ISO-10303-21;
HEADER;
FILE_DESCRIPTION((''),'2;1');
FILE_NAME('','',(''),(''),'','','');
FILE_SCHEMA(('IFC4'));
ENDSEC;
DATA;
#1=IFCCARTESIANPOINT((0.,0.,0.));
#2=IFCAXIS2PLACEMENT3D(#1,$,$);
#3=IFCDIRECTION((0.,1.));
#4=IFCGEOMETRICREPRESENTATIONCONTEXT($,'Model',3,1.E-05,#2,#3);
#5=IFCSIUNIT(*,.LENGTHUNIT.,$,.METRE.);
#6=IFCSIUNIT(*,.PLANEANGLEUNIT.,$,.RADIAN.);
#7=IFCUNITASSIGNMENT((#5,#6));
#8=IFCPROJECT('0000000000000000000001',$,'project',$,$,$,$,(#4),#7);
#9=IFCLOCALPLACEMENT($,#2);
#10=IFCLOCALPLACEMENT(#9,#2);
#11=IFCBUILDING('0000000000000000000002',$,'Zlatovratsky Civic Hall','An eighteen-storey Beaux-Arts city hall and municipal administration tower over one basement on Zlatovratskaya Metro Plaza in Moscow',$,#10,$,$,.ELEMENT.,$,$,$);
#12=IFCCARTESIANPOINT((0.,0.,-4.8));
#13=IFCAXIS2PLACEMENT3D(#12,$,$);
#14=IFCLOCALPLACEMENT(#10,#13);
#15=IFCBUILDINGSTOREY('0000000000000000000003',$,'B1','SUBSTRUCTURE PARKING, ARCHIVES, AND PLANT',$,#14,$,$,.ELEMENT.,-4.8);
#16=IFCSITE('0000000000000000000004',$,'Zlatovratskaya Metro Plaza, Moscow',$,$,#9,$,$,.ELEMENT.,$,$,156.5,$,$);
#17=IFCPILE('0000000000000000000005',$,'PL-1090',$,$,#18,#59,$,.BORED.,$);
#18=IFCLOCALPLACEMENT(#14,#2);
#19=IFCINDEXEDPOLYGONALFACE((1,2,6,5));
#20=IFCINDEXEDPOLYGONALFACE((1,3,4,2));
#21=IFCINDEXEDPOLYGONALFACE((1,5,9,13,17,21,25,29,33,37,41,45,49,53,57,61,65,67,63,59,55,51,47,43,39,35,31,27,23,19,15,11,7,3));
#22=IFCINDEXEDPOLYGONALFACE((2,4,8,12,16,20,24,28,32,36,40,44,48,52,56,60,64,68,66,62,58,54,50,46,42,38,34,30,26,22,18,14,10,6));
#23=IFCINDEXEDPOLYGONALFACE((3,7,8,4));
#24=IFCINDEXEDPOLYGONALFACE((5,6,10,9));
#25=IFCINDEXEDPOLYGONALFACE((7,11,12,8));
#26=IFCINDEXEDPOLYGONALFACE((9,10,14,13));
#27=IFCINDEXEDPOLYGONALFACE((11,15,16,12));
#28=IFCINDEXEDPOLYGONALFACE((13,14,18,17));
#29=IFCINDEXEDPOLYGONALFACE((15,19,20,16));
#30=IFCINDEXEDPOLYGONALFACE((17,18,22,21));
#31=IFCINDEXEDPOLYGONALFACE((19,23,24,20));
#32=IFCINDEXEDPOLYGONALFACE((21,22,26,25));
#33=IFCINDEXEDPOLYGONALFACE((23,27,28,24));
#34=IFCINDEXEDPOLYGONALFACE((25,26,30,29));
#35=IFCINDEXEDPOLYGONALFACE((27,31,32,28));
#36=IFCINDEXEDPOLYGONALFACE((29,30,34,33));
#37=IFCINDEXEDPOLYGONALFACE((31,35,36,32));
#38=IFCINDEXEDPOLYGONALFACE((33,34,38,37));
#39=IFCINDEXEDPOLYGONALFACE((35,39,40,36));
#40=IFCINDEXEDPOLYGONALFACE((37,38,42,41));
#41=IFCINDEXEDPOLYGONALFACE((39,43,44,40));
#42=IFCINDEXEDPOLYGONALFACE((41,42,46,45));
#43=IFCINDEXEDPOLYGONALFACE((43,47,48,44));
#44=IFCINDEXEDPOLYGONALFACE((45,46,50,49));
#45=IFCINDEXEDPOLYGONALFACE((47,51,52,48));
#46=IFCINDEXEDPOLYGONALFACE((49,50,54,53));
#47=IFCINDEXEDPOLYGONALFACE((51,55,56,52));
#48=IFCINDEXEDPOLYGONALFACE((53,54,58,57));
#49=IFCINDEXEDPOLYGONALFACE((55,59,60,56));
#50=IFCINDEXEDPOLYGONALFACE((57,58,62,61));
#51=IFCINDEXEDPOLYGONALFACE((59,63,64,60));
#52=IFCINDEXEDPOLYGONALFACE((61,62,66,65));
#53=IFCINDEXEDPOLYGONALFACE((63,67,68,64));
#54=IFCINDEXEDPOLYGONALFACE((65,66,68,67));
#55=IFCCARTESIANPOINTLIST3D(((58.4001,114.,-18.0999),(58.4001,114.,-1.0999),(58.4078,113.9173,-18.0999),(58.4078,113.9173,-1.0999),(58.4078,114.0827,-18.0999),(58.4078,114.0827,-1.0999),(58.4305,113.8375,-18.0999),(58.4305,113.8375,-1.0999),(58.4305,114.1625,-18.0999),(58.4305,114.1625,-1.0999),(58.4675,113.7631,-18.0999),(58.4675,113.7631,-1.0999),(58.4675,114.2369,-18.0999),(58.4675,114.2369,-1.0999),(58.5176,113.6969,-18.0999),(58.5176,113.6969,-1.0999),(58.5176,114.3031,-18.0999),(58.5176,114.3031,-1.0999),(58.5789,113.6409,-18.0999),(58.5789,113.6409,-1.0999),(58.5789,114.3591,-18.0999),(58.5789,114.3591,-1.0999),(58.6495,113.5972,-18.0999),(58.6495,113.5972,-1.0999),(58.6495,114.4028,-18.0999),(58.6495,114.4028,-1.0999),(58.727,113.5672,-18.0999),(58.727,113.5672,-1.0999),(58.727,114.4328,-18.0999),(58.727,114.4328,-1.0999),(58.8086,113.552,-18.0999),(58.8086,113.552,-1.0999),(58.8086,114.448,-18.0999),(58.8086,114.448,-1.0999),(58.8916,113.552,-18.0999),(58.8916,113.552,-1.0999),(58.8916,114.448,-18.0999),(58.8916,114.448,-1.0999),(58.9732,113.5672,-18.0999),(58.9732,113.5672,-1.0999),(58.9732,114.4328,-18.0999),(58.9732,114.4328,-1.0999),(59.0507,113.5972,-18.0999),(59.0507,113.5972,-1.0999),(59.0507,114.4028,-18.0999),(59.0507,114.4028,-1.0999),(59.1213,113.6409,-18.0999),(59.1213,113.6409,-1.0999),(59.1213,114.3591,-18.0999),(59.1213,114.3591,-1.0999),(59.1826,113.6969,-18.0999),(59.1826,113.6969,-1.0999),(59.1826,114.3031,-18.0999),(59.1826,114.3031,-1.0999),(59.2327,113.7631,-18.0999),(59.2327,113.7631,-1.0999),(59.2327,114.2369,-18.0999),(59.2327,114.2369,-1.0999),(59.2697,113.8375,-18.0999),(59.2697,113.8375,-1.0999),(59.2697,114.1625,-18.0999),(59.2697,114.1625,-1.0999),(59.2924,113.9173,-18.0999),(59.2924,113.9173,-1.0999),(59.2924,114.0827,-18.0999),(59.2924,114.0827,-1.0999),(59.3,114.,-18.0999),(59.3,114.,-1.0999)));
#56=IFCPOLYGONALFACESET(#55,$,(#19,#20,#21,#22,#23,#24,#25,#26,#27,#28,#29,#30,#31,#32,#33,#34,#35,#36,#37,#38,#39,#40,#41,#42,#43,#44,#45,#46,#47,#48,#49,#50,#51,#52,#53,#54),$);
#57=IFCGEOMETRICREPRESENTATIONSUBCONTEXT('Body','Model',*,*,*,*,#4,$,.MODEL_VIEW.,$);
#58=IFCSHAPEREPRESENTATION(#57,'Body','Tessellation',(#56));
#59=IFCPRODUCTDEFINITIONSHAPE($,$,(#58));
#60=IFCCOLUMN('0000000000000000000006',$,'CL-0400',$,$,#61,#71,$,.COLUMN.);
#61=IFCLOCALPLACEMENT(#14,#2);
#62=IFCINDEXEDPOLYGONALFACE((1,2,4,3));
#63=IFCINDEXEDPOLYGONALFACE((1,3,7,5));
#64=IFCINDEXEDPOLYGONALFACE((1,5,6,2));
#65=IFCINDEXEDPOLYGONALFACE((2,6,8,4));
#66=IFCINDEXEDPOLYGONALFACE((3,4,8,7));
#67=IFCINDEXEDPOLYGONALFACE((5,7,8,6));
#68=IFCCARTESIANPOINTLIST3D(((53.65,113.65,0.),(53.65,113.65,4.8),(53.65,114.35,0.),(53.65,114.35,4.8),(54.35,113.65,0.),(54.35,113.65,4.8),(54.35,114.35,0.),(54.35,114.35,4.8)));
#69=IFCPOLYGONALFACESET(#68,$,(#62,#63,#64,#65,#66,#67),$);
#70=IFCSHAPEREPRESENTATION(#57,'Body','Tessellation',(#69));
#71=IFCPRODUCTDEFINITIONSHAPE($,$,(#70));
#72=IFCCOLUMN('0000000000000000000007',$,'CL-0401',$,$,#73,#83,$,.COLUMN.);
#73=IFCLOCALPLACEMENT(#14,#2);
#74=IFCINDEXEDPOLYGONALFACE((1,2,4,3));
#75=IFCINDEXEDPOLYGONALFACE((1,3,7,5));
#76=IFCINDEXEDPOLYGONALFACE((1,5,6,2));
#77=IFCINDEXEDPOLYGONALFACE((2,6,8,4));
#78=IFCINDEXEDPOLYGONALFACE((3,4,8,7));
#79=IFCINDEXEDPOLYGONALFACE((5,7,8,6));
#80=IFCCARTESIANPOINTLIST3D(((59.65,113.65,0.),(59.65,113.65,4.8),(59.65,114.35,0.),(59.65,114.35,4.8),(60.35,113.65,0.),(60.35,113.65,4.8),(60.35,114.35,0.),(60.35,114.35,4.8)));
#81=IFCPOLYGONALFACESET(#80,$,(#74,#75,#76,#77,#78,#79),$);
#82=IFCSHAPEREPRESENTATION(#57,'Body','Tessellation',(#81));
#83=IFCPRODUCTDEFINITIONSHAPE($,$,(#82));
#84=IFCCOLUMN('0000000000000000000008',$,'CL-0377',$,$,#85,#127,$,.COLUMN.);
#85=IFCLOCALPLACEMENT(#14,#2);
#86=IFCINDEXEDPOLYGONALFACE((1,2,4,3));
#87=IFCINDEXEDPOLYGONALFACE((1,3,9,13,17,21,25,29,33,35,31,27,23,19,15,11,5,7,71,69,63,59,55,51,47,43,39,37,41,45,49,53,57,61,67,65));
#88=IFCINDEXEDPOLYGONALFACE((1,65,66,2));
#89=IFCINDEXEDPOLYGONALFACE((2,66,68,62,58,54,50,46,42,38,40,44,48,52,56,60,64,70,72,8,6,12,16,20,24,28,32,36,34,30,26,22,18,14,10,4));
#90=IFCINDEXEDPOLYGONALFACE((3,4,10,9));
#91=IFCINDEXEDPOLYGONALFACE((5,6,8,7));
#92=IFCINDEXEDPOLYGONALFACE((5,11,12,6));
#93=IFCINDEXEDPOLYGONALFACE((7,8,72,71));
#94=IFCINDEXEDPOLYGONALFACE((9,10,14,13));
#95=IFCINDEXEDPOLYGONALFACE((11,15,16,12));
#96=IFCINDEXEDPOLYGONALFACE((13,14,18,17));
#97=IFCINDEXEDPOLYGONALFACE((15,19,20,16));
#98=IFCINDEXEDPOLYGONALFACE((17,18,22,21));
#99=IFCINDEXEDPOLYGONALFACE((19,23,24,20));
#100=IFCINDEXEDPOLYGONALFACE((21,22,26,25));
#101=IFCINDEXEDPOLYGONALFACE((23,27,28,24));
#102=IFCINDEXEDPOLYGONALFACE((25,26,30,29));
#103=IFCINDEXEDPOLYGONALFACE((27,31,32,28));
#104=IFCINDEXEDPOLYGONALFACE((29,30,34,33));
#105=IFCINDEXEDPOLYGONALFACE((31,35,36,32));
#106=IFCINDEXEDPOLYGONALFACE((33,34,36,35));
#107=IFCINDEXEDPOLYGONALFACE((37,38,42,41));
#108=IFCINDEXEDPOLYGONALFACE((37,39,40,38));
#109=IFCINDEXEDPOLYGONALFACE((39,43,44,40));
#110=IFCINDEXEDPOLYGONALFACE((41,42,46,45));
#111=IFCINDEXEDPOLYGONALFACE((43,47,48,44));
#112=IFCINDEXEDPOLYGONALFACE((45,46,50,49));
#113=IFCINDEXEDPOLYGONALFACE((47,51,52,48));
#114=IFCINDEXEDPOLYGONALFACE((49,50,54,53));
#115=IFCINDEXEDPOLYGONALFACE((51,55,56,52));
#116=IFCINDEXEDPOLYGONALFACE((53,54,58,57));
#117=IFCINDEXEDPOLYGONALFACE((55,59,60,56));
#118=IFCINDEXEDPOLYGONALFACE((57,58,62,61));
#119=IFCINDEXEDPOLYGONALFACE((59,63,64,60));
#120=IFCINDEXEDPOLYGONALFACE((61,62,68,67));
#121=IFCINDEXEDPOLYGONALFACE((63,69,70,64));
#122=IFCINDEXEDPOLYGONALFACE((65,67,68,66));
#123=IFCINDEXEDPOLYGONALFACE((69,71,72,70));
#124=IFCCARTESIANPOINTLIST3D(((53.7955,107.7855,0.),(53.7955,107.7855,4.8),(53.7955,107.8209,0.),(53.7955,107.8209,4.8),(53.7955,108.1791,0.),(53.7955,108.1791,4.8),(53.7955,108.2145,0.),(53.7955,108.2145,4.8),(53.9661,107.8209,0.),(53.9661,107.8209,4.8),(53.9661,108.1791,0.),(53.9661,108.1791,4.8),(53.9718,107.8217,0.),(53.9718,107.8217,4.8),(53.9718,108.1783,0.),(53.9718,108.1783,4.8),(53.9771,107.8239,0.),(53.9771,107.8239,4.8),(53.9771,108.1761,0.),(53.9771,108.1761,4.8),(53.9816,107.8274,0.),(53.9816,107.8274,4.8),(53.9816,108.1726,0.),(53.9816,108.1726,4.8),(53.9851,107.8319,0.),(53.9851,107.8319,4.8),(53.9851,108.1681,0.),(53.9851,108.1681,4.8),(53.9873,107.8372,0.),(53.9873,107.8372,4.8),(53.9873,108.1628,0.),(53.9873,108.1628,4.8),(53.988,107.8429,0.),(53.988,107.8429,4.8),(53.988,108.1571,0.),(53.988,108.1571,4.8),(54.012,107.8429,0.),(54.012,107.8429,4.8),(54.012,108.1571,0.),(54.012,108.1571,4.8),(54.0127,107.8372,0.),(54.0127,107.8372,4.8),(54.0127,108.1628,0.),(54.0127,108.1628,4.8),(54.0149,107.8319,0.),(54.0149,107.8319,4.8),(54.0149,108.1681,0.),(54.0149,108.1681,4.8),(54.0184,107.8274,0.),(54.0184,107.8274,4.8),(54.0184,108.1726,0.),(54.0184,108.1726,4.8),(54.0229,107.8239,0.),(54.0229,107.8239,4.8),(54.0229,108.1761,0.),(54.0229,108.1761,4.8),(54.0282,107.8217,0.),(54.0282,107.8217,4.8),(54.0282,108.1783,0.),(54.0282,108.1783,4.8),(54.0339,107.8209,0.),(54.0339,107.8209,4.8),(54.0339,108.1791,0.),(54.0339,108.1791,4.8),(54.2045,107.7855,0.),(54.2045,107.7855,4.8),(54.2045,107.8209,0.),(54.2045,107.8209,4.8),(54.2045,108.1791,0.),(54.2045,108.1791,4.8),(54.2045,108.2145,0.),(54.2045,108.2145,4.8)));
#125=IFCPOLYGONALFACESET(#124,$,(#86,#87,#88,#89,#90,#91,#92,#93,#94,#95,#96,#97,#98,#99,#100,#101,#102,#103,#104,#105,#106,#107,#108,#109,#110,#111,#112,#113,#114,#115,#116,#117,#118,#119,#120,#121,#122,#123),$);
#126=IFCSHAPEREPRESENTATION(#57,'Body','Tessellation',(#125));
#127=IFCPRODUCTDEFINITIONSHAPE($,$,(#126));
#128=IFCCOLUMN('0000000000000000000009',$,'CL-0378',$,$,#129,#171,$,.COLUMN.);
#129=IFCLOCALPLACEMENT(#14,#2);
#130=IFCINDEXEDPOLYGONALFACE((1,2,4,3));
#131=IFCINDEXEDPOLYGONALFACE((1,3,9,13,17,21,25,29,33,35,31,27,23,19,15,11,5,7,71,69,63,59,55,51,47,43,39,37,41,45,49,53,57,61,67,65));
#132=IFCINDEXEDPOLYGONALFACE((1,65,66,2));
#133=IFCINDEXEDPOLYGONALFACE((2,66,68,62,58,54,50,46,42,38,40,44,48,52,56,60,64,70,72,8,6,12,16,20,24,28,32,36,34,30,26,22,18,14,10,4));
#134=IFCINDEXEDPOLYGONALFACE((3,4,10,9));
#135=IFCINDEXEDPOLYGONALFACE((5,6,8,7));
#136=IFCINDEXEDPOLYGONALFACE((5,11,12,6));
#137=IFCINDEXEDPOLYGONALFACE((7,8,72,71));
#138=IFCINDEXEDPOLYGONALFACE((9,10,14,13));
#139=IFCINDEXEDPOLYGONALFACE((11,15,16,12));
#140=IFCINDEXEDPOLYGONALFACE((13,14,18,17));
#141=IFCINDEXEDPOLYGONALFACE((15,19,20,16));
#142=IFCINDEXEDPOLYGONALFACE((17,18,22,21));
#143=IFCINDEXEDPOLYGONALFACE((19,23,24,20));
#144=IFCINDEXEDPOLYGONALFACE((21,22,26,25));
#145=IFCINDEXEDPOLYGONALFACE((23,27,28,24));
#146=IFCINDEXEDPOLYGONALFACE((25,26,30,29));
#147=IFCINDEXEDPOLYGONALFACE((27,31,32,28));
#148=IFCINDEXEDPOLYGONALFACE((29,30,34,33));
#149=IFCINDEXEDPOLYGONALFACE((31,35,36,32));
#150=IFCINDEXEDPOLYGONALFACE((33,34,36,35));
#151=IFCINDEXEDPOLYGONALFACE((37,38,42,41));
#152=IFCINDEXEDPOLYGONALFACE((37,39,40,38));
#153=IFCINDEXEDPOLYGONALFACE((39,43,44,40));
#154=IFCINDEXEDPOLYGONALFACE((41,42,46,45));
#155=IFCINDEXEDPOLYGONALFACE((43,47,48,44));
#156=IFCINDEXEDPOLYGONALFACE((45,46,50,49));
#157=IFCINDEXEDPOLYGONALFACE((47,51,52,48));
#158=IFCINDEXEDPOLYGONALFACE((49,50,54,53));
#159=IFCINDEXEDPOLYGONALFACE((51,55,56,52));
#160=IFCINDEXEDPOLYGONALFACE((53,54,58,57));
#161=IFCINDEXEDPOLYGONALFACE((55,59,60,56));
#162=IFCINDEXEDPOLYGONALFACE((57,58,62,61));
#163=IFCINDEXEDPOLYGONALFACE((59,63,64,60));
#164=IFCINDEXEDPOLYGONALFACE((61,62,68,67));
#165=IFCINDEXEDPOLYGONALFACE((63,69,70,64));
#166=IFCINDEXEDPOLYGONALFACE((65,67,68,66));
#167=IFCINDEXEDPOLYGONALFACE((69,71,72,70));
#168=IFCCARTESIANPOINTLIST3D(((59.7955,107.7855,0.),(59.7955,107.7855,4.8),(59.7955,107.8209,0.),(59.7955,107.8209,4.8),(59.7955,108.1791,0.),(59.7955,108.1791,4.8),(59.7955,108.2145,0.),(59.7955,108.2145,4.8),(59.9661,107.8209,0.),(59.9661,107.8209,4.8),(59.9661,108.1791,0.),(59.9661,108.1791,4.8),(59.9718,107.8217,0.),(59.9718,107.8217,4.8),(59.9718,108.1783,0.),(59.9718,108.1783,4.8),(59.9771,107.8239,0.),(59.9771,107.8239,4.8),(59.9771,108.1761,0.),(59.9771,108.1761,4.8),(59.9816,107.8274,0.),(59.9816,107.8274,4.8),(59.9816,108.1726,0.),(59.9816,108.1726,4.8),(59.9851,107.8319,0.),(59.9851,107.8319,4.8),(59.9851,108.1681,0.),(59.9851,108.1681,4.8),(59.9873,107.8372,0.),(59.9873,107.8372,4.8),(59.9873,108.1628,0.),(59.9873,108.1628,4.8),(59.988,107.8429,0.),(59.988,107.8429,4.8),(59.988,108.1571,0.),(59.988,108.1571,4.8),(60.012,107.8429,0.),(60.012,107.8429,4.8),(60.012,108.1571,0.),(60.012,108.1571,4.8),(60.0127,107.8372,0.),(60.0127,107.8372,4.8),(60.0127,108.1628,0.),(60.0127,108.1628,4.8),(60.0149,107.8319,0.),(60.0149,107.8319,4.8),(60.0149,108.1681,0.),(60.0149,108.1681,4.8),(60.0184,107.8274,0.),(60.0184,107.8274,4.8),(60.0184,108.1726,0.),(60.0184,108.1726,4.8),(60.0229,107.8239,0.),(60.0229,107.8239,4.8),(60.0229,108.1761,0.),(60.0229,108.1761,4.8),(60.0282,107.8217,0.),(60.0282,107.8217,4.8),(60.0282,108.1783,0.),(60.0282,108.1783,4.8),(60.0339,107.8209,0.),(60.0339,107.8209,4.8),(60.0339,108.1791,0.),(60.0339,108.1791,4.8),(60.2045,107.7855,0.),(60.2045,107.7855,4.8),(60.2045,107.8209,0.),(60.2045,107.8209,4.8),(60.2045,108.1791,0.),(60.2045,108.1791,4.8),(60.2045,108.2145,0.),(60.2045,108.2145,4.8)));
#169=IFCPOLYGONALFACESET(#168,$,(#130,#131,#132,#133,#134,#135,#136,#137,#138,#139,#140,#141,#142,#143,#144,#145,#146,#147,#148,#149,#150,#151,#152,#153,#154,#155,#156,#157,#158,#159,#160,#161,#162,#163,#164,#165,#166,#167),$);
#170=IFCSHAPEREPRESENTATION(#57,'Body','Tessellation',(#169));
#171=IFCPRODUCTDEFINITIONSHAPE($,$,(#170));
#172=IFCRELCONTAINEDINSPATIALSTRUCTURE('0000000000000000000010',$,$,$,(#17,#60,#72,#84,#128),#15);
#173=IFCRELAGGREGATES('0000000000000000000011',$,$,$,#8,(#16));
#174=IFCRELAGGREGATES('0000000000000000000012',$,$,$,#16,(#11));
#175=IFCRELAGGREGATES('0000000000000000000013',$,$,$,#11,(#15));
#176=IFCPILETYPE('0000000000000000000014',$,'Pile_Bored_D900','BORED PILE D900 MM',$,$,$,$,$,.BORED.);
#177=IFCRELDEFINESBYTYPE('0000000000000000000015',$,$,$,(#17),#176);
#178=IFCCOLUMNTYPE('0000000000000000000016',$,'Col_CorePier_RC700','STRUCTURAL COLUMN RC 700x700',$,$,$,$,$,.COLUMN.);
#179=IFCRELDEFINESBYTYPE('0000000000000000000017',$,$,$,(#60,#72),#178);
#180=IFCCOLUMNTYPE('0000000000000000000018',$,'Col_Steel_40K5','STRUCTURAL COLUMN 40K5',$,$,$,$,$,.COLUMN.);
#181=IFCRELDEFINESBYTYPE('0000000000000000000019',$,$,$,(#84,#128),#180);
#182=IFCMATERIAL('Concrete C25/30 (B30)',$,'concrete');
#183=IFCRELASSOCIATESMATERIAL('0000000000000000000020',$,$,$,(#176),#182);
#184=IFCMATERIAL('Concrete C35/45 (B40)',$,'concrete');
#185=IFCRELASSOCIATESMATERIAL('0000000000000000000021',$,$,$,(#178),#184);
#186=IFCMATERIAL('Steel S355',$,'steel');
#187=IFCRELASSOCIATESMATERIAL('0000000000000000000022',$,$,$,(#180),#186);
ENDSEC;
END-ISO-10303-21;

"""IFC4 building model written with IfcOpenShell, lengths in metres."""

from ifc_helpers import new_model, si_unit, direction, frame, origin, origin_2d, place, context, subcontext, project, spatial, rectangle, circle, i_section, extrude, material, material_profile, profile_set, type_object, element, save


model = new_model("IFC4")

# Units and contexts
model_context = context("Model", 3, precision=1e-05, world=origin(), true_north=direction((0.0, 1.0)))
body_context = subcontext(model_context, "Body", "Model", "MODEL_VIEW")
ifc_project = project(units=[si_unit("LENGTHUNIT", "METRE"), si_unit("PLANEANGLEUNIT", "RADIAN")], contexts=[model_context])

# Site, building, storey
site_placement = place(None, origin())
site = spatial("IfcSite", under=ifc_project, at=site_placement, Name="Zlatovratskaya Metro Plaza, Moscow", CompositionType="ELEMENT", RefElevation=156.5)
building_placement = place(site_placement, origin())
building = spatial("IfcBuilding", under=site, at=building_placement, Name="Zlatovratsky Civic Hall", Description="An eighteen-storey Beaux-Arts city hall and municipal administration tower over one basement on Zlatovratskaya Metro Plaza in Moscow", CompositionType="ELEMENT")
storey_placement = place(building_placement, frame((0.0, 0.0, -4.8)))
storey = spatial("IfcBuildingStorey", under=building, at=storey_placement, Name="B1", Description="SUBSTRUCTURE PARKING, ARCHIVES, AND PLANT", CompositionType="ELEMENT", Elevation=-4.8)

# Shared definitions
ifc_material_1 = material(Name="Concrete C25/30 (B30)", Category="concrete")

# Pile
ifc_material_profile_1 = material_profile(ifc_material_1, circle(Radius=0.45, at=origin_2d()), Name="PILE D900")
ifc_profile_set_1 = profile_set([ifc_material_profile_1], Name="Concrete C25/30 (B30)")
pile_type_1 = type_object("IfcPileType", Name="Pile_Bored_D900", Description="BORED PILE D900 MM", PredefinedType="BORED", material=ifc_profile_set_1)
for number, where, z_axis, x_axis, name in (
    (1, (58.8501, 114.0, -1.0999), (0.0, 0.0, -1.0), (1.0, 0.0, 0.0), "PL-1090"),
):
    element("IfcPile", number, at=place(storey_placement, frame(where, z_axis=z_axis, x_axis=x_axis)), inside=storey, type_object=pile_type_1, Name=name, PredefinedType="BORED", context=body_context, shape_type="SweptSolid", body=[
        extrude(circle(Radius=0.45, at=origin_2d()), origin(), (0.0, 0.0, 1.0), 17.0),
    ])

# Columns
ifc_material_2 = material(Name="Concrete C35/45 (B40)", Category="concrete")
ifc_material_profile_2 = material_profile(ifc_material_2, rectangle(XDim=0.7, YDim=0.7, at=origin_2d()), Name="RC 700x700")
ifc_profile_set_2 = profile_set([ifc_material_profile_2], Name="Concrete C35/45 (B40)")
column_type_1 = type_object("IfcColumnType", Name="Col_CorePier_RC700", Description="STRUCTURAL COLUMN RC 700x700", PredefinedType="COLUMN", material=ifc_profile_set_2)
for number, where, z_axis, x_axis, name in (
    (2, (54.0, 114.0, 0.0), (0.0, 0.0, 1.0), (1.0, 0.0, 0.0), "CL-0400"),
    (3, (60.0, 114.0, 0.0), (0.0, 0.0, 1.0), (1.0, 0.0, 0.0), "CL-0401"),
):
    element("IfcColumn", number, at=place(storey_placement, frame(where, z_axis=z_axis, x_axis=x_axis)), inside=storey, type_object=column_type_1, Name=name, PredefinedType="COLUMN", context=body_context, shape_type="SweptSolid", body=[
        extrude(rectangle(XDim=0.7, YDim=0.7, at=origin_2d()), origin(), (0.0, 0.0, 1.0), 4.8),
    ])
ifc_material_3 = material(Name="Steel S355", Category="steel")
ifc_material_profile_3 = material_profile(ifc_material_3, i_section(OverallWidth=0.4089, OverallDepth=0.429, WebThickness=0.0239, FlangeThickness=0.0354, FilletRadius=0.022, at=origin_2d()), Name="40K5")
ifc_profile_set_3 = profile_set([ifc_material_profile_3], Name="Steel S355")
column_type_2 = type_object("IfcColumnType", Name="Col_Steel_40K5", Description="STRUCTURAL COLUMN 40K5", PredefinedType="COLUMN", material=ifc_profile_set_3)
for number, where, z_axis, x_axis, name in (
    (4, (54.0, 108.0, 0.0), (0.0, 0.0, 1.0), (1.0, 0.0, 0.0), "CL-0377"),
    (5, (60.0, 108.0, 0.0), (0.0, 0.0, 1.0), (1.0, 0.0, 0.0), "CL-0378"),
):
    element("IfcColumn", number, at=place(storey_placement, frame(where, z_axis=z_axis, x_axis=x_axis)), inside=storey, type_object=column_type_2, Name=name, PredefinedType="COLUMN", context=body_context, shape_type="SweptSolid", body=[
        extrude(i_section(OverallWidth=0.4089, OverallDepth=0.429, WebThickness=0.0239, FlangeThickness=0.0354, FilletRadius=0.022, at=origin_2d()), origin(), (0.0, 0.0, 1.0), 4.8),
    ])

save(model, "model.ifc")
